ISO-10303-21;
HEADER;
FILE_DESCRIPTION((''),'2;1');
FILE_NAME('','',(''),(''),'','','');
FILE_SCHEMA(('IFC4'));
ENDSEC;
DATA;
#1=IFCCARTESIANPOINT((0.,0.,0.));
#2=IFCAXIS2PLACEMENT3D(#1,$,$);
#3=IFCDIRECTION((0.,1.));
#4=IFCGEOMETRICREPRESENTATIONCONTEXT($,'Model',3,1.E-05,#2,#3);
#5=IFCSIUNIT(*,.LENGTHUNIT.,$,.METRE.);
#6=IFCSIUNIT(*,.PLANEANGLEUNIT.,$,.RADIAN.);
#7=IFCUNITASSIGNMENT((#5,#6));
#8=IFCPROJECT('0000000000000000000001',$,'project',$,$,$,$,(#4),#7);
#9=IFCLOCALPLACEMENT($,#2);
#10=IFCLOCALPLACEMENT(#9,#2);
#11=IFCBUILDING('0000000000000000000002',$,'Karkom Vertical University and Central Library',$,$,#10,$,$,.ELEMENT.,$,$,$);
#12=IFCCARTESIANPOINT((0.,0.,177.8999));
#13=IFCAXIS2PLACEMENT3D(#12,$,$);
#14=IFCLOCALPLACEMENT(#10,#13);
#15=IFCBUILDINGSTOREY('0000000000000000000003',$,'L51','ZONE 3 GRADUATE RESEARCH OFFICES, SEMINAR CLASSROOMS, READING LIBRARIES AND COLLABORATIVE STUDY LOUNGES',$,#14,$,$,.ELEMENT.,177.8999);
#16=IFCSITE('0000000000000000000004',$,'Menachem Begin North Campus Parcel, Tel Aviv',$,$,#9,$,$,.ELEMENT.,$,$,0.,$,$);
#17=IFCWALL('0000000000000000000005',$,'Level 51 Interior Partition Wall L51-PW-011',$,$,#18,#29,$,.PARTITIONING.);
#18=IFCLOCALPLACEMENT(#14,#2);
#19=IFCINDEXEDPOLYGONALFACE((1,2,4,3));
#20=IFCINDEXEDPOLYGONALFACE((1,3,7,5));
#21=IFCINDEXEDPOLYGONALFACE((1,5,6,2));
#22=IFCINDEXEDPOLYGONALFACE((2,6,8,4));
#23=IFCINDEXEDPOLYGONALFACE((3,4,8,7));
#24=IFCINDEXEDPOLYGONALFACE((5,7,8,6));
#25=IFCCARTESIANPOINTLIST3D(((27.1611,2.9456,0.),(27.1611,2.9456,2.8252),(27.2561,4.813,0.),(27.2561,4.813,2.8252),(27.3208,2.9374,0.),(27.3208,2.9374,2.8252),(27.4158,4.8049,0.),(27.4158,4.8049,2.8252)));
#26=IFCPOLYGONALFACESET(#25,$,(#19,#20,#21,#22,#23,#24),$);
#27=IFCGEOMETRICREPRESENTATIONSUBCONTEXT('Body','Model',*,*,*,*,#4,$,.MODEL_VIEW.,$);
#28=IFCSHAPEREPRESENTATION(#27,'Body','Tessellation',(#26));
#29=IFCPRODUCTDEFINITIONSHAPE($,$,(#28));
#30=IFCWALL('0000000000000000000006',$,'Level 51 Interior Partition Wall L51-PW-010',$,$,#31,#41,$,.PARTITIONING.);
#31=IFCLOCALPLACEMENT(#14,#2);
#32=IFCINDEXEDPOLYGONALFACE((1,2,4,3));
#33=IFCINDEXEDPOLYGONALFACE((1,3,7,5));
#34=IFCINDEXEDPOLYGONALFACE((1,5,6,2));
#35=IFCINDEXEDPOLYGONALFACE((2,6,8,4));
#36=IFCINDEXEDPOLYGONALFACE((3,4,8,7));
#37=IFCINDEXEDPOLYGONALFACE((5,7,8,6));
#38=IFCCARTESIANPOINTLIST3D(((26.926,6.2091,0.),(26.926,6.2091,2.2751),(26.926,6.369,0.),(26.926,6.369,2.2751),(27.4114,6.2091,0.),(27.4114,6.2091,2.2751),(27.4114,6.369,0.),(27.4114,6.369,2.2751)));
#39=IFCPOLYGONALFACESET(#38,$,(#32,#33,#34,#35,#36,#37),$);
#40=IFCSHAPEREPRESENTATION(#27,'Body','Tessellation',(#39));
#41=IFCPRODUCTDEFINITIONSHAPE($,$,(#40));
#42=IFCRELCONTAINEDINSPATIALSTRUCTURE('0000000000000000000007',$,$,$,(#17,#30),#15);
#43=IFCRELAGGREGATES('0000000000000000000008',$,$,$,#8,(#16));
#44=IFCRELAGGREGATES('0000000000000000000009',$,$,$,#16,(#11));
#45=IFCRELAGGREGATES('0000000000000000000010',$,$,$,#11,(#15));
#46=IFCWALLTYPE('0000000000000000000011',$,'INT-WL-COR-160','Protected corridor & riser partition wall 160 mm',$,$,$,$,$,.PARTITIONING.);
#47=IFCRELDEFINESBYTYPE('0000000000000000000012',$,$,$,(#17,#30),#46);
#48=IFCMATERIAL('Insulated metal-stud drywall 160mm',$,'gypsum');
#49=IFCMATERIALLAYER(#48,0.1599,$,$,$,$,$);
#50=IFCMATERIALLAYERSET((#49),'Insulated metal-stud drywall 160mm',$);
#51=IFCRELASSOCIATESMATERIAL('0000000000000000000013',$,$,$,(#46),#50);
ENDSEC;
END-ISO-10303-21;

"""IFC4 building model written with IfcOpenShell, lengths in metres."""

from ifc_helpers import new_model, si_unit, direction, frame, frame_2d, origin, place, context, subcontext, project, spatial, rectangle, extrude, material, layer, layer_set, type_object, element, save


model = new_model("IFC4")

# Units and contexts
model_context = context("Model", 3, precision=1e-05, world=origin(), true_north=direction((0.0, 1.0)))
body_context = subcontext(model_context, "Body", "Model", "MODEL_VIEW")
ifc_project = project(units=[si_unit("LENGTHUNIT", "METRE"), si_unit("PLANEANGLEUNIT", "RADIAN")], contexts=[model_context])

# Site, building, storey
site_placement = place(None, origin())
site = spatial("IfcSite", under=ifc_project, at=site_placement, Name="Menachem Begin North Campus Parcel, Tel Aviv", CompositionType="ELEMENT", RefElevation=0.0)
building_placement = place(site_placement, origin())
building = spatial("IfcBuilding", under=site, at=building_placement, Name="Karkom Vertical University and Central Library", CompositionType="ELEMENT")
storey_placement = place(building_placement, frame((0.0, 0.0, 177.8999)))
storey = spatial("IfcBuildingStorey", under=building, at=storey_placement, Name="L51", Description="ZONE 3 GRADUATE RESEARCH OFFICES, SEMINAR CLASSROOMS, READING LIBRARIES AND COLLABORATIVE STUDY LOUNGES", CompositionType="ELEMENT", Elevation=177.8999)

# Shared definitions
ifc_material_1 = material(Name="Insulated metal-stud drywall 160mm", Category="gypsum")
ifc_layer_1 = layer(ifc_material_1, 0.1599)
ifc_layer_set_1 = layer_set([ifc_layer_1], Name="Insulated metal-stud drywall 160mm")
wall_type_1 = type_object("IfcWallType", Name="INT-WL-COR-160", Description="Protected corridor & riser partition wall 160 mm", PredefinedType="PARTITIONING", material=ifc_layer_set_1)

# Walls
wall_1_placement = place(storey_placement, frame((27.3359, 4.8091, 0.0), z_axis=(0.0, 0.0, 1.0), x_axis=(-0.050791, -0.998709, 0.0)))
element("IfcWall", 1, at=wall_1_placement, inside=storey, type_object=wall_type_1, Name="Level 51 Interior Partition Wall L51-PW-011", PredefinedType="PARTITIONING", context=body_context, shape_type="SweptSolid", body=[
    extrude(rectangle(XDim=1.8699, YDim=0.1599, at=frame_2d((0.9351, 0.0))), origin(), (0.0, 0.0, 1.0), 2.8252),
])
wall_2_placement = place(storey_placement, frame((27.4114, 6.2891, 0.0), z_axis=(0.0, 0.0, 1.0), x_axis=(-1.0, 0.0, 0.0)))
element("IfcWall", 2, at=wall_2_placement, inside=storey, type_object=wall_type_1, Name="Level 51 Interior Partition Wall L51-PW-010", PredefinedType="PARTITIONING", context=body_context, shape_type="SweptSolid", body=[
    extrude(rectangle(XDim=0.4854, YDim=0.1599, at=frame_2d((0.2427, 0.0))), origin(), (0.0, 0.0, 1.0), 2.2751),
])

save(model, "model.ifc")
